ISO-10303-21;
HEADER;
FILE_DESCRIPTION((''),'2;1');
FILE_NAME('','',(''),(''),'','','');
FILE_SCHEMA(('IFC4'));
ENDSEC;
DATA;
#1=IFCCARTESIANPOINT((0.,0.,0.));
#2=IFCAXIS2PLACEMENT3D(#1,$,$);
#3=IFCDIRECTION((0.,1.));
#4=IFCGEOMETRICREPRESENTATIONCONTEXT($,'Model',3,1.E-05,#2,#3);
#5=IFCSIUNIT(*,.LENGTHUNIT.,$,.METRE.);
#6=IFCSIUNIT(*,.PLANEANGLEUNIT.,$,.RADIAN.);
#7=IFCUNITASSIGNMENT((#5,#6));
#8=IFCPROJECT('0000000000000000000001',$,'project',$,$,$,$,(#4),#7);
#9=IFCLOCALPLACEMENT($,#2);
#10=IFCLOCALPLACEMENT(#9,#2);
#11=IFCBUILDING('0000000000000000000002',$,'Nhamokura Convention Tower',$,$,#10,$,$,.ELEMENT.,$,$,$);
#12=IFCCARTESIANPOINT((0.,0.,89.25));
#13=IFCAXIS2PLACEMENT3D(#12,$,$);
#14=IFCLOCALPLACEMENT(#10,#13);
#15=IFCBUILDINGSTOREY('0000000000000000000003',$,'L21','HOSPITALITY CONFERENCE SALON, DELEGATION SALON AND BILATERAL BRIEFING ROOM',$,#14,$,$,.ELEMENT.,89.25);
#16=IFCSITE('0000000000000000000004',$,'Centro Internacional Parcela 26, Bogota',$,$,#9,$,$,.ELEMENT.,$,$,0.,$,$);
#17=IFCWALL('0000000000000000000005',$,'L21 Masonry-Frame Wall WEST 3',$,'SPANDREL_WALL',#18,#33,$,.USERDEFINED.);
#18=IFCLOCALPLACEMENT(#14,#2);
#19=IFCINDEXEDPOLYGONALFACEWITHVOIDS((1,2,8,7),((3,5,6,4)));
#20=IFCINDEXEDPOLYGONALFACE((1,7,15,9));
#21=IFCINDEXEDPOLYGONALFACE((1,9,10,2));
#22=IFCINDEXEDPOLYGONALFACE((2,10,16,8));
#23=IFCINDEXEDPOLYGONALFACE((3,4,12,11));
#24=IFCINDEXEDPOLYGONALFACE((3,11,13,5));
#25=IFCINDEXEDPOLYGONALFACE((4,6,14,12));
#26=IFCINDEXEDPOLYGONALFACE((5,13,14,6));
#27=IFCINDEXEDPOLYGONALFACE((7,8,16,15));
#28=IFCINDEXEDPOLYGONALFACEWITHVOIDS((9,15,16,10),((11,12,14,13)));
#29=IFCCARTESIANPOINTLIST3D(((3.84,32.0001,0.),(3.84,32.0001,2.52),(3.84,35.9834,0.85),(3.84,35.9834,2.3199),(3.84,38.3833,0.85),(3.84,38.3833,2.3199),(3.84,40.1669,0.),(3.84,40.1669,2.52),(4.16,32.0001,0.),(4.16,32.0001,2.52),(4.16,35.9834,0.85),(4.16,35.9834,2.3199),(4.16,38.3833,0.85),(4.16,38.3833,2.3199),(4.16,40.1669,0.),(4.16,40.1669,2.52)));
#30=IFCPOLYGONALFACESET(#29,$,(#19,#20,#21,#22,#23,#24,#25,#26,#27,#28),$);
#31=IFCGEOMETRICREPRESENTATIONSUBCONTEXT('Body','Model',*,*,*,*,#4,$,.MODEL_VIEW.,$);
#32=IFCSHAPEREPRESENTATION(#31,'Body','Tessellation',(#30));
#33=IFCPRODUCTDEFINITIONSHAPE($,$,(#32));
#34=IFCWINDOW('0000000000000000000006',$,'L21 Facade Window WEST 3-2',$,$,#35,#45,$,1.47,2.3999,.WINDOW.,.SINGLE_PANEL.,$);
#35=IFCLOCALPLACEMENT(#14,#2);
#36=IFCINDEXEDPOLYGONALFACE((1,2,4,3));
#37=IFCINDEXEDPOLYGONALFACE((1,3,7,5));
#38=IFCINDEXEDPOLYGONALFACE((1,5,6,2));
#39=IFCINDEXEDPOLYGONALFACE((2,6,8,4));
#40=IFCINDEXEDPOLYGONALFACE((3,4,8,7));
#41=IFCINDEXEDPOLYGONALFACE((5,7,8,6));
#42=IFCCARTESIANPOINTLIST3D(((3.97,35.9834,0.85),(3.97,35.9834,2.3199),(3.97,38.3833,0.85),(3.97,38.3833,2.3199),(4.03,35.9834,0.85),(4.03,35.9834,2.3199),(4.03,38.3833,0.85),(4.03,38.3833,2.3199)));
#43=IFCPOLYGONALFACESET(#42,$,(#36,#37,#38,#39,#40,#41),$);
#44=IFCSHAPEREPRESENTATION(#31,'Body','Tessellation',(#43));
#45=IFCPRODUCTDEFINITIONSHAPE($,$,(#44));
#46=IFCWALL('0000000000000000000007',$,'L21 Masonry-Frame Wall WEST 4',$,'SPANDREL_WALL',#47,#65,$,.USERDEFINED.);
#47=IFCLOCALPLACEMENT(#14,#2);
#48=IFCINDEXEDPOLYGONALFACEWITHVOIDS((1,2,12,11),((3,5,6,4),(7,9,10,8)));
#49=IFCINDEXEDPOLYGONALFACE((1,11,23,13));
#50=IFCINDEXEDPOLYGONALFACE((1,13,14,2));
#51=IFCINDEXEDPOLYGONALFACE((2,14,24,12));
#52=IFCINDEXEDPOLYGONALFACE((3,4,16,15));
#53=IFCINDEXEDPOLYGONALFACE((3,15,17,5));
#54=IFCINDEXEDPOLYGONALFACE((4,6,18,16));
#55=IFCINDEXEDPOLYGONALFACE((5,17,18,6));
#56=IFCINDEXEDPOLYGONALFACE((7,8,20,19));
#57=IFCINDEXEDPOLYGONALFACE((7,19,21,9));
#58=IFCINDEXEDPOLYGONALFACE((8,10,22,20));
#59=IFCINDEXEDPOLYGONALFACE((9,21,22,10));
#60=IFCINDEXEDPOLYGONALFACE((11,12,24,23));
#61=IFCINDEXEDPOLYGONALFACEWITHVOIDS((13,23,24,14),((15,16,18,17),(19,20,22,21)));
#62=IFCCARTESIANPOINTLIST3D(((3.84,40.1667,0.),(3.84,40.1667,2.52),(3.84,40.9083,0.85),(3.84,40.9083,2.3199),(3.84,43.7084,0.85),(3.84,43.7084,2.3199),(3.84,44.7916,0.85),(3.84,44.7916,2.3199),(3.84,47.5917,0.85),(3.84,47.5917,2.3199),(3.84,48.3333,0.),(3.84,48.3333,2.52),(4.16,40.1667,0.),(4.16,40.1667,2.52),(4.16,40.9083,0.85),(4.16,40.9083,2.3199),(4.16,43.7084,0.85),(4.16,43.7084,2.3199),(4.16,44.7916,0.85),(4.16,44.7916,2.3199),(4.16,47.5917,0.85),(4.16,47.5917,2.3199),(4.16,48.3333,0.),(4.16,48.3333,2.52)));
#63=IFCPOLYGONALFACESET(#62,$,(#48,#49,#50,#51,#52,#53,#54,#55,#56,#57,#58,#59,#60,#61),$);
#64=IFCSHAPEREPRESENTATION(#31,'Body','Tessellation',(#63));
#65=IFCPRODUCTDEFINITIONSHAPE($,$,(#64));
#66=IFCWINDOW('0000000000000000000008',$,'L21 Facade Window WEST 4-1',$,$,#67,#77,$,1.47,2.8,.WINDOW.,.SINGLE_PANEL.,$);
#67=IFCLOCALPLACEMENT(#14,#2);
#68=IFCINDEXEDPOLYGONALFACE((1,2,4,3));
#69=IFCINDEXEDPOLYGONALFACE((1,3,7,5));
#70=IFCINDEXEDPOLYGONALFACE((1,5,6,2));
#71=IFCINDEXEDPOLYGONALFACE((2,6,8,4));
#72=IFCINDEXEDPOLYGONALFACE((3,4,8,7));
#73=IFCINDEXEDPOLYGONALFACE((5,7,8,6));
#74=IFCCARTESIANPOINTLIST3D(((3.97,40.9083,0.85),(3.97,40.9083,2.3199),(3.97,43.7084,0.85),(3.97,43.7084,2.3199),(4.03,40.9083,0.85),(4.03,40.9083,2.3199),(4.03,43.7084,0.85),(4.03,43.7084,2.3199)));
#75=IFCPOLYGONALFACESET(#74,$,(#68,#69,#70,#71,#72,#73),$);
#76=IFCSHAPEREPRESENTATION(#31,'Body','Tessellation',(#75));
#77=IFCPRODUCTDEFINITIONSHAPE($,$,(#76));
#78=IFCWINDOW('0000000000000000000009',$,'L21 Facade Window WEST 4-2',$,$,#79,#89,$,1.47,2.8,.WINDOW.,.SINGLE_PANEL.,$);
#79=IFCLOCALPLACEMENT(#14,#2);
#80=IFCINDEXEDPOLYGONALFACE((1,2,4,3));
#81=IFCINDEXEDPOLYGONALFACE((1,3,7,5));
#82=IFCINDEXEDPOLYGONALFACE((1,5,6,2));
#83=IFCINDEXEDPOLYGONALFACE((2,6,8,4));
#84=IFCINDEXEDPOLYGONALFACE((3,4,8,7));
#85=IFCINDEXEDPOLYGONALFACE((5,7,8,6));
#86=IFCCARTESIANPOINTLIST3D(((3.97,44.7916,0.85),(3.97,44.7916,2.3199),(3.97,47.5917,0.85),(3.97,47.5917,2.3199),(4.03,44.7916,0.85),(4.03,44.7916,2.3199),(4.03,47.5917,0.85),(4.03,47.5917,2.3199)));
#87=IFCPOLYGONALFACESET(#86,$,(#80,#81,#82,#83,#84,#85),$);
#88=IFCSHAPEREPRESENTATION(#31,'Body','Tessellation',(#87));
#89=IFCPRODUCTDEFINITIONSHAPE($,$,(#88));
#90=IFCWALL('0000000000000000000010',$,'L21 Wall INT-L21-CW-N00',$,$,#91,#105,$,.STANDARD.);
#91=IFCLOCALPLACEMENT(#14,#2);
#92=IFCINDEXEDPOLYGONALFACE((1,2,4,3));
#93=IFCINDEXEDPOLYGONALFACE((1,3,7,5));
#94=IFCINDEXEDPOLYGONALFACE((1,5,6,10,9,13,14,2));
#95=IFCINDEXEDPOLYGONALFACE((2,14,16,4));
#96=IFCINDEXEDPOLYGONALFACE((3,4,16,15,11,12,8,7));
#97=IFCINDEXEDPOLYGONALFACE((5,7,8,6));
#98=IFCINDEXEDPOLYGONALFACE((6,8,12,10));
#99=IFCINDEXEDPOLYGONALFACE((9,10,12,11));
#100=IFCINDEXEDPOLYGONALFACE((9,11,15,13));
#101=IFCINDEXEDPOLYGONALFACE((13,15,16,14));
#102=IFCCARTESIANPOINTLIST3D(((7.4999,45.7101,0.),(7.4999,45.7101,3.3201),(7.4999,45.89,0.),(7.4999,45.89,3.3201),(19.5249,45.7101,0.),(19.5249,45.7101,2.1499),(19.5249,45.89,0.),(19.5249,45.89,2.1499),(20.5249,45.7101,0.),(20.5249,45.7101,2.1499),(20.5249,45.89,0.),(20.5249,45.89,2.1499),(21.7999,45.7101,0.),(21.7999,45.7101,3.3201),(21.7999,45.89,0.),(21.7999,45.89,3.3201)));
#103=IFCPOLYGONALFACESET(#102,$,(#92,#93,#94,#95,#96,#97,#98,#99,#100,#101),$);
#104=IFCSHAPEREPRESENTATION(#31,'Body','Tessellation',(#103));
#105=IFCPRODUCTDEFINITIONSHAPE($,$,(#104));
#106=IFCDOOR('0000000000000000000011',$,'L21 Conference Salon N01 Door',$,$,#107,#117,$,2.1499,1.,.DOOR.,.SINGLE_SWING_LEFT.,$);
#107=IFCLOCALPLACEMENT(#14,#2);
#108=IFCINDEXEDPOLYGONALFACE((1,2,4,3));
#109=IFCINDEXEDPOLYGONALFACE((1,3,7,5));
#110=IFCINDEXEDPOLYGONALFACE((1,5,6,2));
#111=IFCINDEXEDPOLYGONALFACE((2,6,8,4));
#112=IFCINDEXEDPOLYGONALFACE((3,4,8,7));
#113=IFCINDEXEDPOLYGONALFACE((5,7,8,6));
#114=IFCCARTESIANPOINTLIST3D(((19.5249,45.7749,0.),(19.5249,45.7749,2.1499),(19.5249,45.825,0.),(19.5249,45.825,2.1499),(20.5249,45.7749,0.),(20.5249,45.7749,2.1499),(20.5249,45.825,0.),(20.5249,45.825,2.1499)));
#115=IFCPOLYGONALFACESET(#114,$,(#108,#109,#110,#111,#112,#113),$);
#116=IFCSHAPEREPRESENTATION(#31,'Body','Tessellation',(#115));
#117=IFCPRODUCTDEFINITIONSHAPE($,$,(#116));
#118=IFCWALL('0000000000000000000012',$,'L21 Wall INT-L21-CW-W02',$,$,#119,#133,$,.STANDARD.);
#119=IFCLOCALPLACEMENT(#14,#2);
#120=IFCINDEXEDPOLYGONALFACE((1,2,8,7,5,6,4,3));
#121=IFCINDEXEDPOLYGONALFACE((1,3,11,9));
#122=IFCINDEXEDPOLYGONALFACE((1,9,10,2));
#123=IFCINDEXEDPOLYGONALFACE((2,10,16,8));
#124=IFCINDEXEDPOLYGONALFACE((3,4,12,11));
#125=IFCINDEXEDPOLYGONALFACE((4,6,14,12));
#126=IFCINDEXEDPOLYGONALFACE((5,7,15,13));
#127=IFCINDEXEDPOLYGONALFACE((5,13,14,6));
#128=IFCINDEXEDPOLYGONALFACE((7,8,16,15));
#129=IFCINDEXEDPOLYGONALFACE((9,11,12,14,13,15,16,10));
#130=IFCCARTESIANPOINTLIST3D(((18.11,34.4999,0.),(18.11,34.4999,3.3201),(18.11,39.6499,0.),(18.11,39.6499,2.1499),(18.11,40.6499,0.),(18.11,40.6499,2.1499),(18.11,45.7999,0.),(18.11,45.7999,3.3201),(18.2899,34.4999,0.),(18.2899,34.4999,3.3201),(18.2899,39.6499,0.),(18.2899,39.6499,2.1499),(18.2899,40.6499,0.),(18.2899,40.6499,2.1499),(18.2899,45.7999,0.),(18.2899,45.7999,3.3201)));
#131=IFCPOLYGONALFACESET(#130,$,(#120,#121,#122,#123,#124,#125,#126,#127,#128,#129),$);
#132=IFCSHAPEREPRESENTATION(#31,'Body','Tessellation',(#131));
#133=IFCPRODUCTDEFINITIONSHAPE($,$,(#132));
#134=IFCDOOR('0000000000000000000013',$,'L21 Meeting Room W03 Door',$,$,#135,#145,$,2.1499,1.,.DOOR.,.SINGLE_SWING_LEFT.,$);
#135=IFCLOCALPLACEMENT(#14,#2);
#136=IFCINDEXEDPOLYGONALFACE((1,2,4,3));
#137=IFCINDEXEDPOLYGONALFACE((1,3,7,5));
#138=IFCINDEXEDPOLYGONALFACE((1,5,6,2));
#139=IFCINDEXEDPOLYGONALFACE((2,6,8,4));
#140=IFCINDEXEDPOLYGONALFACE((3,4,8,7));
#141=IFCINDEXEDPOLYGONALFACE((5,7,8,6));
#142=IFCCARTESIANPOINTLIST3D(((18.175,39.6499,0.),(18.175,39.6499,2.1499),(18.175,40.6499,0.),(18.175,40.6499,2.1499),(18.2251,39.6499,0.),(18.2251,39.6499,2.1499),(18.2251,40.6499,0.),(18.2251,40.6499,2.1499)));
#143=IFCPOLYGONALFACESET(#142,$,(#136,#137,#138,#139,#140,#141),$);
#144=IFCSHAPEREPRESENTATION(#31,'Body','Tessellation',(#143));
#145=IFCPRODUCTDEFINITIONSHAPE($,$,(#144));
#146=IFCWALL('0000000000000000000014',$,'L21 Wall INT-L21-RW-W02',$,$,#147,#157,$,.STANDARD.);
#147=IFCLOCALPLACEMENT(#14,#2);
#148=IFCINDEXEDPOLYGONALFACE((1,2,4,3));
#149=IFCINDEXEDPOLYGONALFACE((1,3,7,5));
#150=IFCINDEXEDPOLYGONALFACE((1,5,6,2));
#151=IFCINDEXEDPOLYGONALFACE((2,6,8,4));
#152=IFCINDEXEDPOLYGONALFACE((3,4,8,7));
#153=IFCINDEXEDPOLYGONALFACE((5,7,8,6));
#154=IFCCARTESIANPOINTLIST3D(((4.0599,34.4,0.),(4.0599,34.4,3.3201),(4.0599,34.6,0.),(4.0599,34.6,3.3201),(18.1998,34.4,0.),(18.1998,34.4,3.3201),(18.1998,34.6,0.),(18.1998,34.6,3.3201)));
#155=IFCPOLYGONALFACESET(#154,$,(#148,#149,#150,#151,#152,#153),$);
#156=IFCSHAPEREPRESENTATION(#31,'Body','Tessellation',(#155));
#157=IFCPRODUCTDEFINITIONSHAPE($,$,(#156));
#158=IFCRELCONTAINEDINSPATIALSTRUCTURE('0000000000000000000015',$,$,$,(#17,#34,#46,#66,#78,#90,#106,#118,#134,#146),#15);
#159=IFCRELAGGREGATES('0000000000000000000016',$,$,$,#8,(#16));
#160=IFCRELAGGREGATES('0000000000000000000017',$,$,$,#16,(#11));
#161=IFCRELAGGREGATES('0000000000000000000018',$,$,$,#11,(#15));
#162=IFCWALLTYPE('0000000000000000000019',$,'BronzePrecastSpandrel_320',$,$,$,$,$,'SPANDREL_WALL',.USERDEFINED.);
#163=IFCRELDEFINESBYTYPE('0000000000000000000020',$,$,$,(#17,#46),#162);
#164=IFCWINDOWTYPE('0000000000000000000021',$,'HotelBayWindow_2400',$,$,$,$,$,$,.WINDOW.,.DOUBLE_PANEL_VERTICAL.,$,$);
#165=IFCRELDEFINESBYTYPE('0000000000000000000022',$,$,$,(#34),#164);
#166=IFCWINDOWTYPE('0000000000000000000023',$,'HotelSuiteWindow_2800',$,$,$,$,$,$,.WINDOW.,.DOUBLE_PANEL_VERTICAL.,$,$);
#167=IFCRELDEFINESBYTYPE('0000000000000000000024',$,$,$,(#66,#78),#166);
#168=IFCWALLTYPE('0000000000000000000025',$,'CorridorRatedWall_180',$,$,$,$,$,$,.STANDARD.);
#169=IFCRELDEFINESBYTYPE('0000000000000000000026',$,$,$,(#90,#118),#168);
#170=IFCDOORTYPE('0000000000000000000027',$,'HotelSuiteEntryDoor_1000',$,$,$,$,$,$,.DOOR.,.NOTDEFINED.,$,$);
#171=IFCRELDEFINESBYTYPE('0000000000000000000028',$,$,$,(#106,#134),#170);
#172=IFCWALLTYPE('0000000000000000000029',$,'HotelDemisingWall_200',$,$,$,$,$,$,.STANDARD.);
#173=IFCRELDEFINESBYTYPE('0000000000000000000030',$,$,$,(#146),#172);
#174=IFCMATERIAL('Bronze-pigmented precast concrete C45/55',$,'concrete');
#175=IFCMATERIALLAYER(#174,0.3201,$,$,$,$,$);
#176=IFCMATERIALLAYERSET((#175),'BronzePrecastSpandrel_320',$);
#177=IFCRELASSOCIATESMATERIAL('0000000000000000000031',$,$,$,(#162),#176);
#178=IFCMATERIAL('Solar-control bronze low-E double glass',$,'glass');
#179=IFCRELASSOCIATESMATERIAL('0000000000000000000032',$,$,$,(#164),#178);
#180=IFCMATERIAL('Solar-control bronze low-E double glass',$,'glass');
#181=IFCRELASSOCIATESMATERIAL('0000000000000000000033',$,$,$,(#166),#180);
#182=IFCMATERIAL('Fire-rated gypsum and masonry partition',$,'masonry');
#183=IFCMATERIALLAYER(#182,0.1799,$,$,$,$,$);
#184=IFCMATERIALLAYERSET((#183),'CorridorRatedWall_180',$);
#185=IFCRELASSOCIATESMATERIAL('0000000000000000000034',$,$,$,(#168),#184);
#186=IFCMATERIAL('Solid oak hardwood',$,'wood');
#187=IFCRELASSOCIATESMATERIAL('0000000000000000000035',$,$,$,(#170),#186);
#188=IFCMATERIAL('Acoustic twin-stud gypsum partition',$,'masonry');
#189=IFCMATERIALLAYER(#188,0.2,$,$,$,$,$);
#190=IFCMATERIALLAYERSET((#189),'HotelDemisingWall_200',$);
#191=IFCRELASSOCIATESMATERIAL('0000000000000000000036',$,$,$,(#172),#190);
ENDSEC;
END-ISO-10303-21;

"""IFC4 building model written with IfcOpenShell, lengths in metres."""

from ifc_helpers import new_model, si_unit, direction, frame, frame_2d, origin, place, context, subcontext, project, spatial, rectangle, extrude, material, layer, layer_set, type_object, element, fill, save


model = new_model("IFC4")

# Units and contexts
model_context = context("Model", 3, precision=1e-05, world=origin(), true_north=direction((0.0, 1.0)))
body_context = subcontext(model_context, "Body", "Model", "MODEL_VIEW")
ifc_project = project(units=[si_unit("LENGTHUNIT", "METRE"), si_unit("PLANEANGLEUNIT", "RADIAN")], contexts=[model_context])

# Site, building, storey
site_placement = place(None, origin())
site = spatial("IfcSite", under=ifc_project, at=site_placement, Name="Centro Internacional Parcela 26, Bogota", CompositionType="ELEMENT", RefElevation=0.0)
building_placement = place(site_placement, origin())
building = spatial("IfcBuilding", under=site, at=building_placement, Name="Nhamokura Convention Tower", CompositionType="ELEMENT")
storey_placement = place(building_placement, frame((0.0, 0.0, 89.25)))
storey = spatial("IfcBuildingStorey", under=building, at=storey_placement, Name="L21", Description="HOSPITALITY CONFERENCE SALON, DELEGATION SALON AND BILATERAL BRIEFING ROOM", CompositionType="ELEMENT", Elevation=89.25)

# Wall, opening, window
ifc_material_1 = material(Name="Bronze-pigmented precast concrete C45/55", Category="concrete")
ifc_layer_1 = layer(ifc_material_1, 0.3201)
ifc_layer_set_1 = layer_set([ifc_layer_1], Name="BronzePrecastSpandrel_320")
wall_type_1 = type_object("IfcWallType", Name="BronzePrecastSpandrel_320", ElementType="SPANDREL_WALL", PredefinedType="USERDEFINED", material=ifc_layer_set_1)
wall_1_placement = place(storey_placement, frame((4.0, 32.0, 0.0), z_axis=(0.0, 0.0, 1.0), x_axis=(0.0, 1.0, 0.0)))
wall_1 = element("IfcWall", 1, at=wall_1_placement, inside=storey, type_object=wall_type_1, Name="L21 Masonry-Frame Wall WEST 3", ObjectType="SPANDREL_WALL", PredefinedType="USERDEFINED", context=body_context, shape_type="SweptSolid", body=[
    extrude(rectangle(XDim=8.1667, YDim=0.3201, at=frame_2d((4.0835, 0.0))), origin(), (0.0, 0.0, 1.0), 2.52),
])
opening_1_placement = place(wall_1_placement, frame((3.9834, 0.0, 0.8501)))
opening_1 = element("IfcOpeningElement", 2, at=opening_1_placement, cuts=wall_1, PredefinedType="OPENING", context=body_context, shape_type="SweptSolid", body=[
    extrude(rectangle(XDim=2.3999, YDim=1.47, at=frame_2d((1.2, 0.7349))), frame((0.0, 0.1699, 0.0), z_axis=(0.0, -1.0, 0.0), x_axis=(1.0, 0.0, 0.0)), (0.0, 0.0, 1.0), 0.3401),
])
ifc_material_2 = material(Name="Solar-control bronze low-E double glass", Category="glass")
window_type_1 = type_object("IfcWindowType", Name="HotelBayWindow_2400", PartitioningType="DOUBLE_PANEL_VERTICAL", PredefinedType="WINDOW", material=ifc_material_2)
window_1_placement = place(opening_1_placement, origin())
window_1 = element("IfcWindow", 3, at=window_1_placement, inside=storey, type_object=window_type_1, Name="L21 Facade Window WEST 3-2", OverallHeight=1.47, OverallWidth=2.3999, PartitioningType="SINGLE_PANEL", PredefinedType="WINDOW", context=body_context, shape_type="SweptSolid", body=[
    extrude(rectangle(XDim=2.3999, YDim=1.47, at=frame_2d((1.2, 0.7349))), frame((0.0, 0.03, 0.0), z_axis=(0.0, -1.0, 0.0), x_axis=(1.0, 0.0, 0.0)), (0.0, 0.0, 1.0), 0.0601),
])
fill(opening_1, window_1)

# Wall, openings, windows
wall_2_placement = place(storey_placement, frame((4.0, 40.1667, 0.0), z_axis=(0.0, 0.0, 1.0), x_axis=(0.0, 1.0, 0.0)))
wall_2 = element("IfcWall", 4, at=wall_2_placement, inside=storey, type_object=wall_type_1, Name="L21 Masonry-Frame Wall WEST 4", ObjectType="SPANDREL_WALL", PredefinedType="USERDEFINED", context=body_context, shape_type="SweptSolid", body=[
    extrude(rectangle(XDim=8.1665, YDim=0.3201, at=frame_2d((4.0833, 0.0))), origin(), (0.0, 0.0, 1.0), 2.52),
])
opening_2_placement = place(wall_2_placement, frame((0.7417, 0.0, 0.8501)))
opening_2 = element("IfcOpeningElement", 5, at=opening_2_placement, cuts=wall_2, PredefinedType="OPENING", context=body_context, shape_type="SweptSolid", body=[
    extrude(rectangle(XDim=2.8, YDim=1.47, at=frame_2d((1.3999, 0.7349))), frame((0.0, 0.1699, 0.0), z_axis=(0.0, -1.0, 0.0), x_axis=(1.0, 0.0, 0.0)), (0.0, 0.0, 1.0), 0.3401),
])
opening_3_placement = place(wall_2_placement, frame((4.625, 0.0, 0.8501)))
opening_3 = element("IfcOpeningElement", 6, at=opening_3_placement, cuts=wall_2, PredefinedType="OPENING", context=body_context, shape_type="SweptSolid", body=[
    extrude(rectangle(XDim=2.8, YDim=1.47, at=frame_2d((1.3999, 0.7349))), frame((0.0, 0.1699, 0.0), z_axis=(0.0, -1.0, 0.0), x_axis=(1.0, 0.0, 0.0)), (0.0, 0.0, 1.0), 0.3401),
])
ifc_material_3 = material(Name="Solar-control bronze low-E double glass", Category="glass")
window_type_2 = type_object("IfcWindowType", Name="HotelSuiteWindow_2800", PartitioningType="DOUBLE_PANEL_VERTICAL", PredefinedType="WINDOW", material=ifc_material_3)
window_2_placement = place(opening_2_placement, origin())
window_2 = element("IfcWindow", 7, at=window_2_placement, inside=storey, type_object=window_type_2, Name="L21 Facade Window WEST 4-1", OverallHeight=1.47, OverallWidth=2.8, PartitioningType="SINGLE_PANEL", PredefinedType="WINDOW", context=body_context, shape_type="SweptSolid", body=[
    extrude(rectangle(XDim=2.8, YDim=1.47, at=frame_2d((1.3999, 0.7349))), frame((0.0, 0.03, 0.0), z_axis=(0.0, -1.0, 0.0), x_axis=(1.0, 0.0, 0.0)), (0.0, 0.0, 1.0), 0.0601),
])
fill(opening_2, window_2)
window_3_placement = place(opening_3_placement, origin())
window_3 = element("IfcWindow", 8, at=window_3_placement, inside=storey, type_object=window_type_2, Name="L21 Facade Window WEST 4-2", OverallHeight=1.47, OverallWidth=2.8, PartitioningType="SINGLE_PANEL", PredefinedType="WINDOW", context=body_context, shape_type="SweptSolid", body=[
    extrude(rectangle(XDim=2.8, YDim=1.47, at=frame_2d((1.3999, 0.7349))), frame((0.0, 0.03, 0.0), z_axis=(0.0, -1.0, 0.0), x_axis=(1.0, 0.0, 0.0)), (0.0, 0.0, 1.0), 0.0601),
])
fill(opening_3, window_3)

# Walls, openings, doors
ifc_material_4 = material(Name="Fire-rated gypsum and masonry partition", Category="masonry")
ifc_layer_2 = layer(ifc_material_4, 0.1799)
ifc_layer_set_2 = layer_set([ifc_layer_2], Name="CorridorRatedWall_180")
wall_type_2 = type_object("IfcWallType", Name="CorridorRatedWall_180", PredefinedType="STANDARD", material=ifc_layer_set_2)
wall_3_placement = place(storey_placement, frame((7.5, 45.8, 0.0), z_axis=(0.0, 0.0, 1.0), x_axis=(1.0, 0.0, 0.0)))
wall_3 = element("IfcWall", 9, at=wall_3_placement, inside=storey, type_object=wall_type_2, Name="L21 Wall INT-L21-CW-N00", PredefinedType="STANDARD", context=body_context, shape_type="SweptSolid", body=[
    extrude(rectangle(XDim=14.3, YDim=0.1799, at=frame_2d((7.1499, 0.0))), origin(), (0.0, 0.0, 1.0), 3.3201),
])
opening_4_placement = place(wall_3_placement, frame((12.0249, 0.0, 0.0)))
opening_4 = element("IfcOpeningElement", 10, at=opening_4_placement, cuts=wall_3, PredefinedType="OPENING", context=body_context, shape_type="SweptSolid", body=[
    extrude(rectangle(XDim=1.0, YDim=2.1499, at=frame_2d((0.5, 1.075))), frame((0.0, 0.0999, 0.0), z_axis=(0.0, -1.0, 0.0), x_axis=(1.0, 0.0, 0.0)), (0.0, 0.0, 1.0), 0.2),
])
ifc_material_5 = material(Name="Solid oak hardwood", Category="wood")
door_type = type_object("IfcDoorType", Name="HotelSuiteEntryDoor_1000", OperationType="NOTDEFINED", PredefinedType="DOOR", material=ifc_material_5)
door_1_placement = place(opening_4_placement, origin())
door_1 = element("IfcDoor", 11, at=door_1_placement, inside=storey, type_object=door_type, Name="L21 Conference Salon N01 Door", OperationType="SINGLE_SWING_LEFT", OverallHeight=2.1499, OverallWidth=1.0, PredefinedType="DOOR", context=body_context, shape_type="SweptSolid", body=[
    extrude(rectangle(XDim=1.0, YDim=2.1499, at=frame_2d((0.5, 1.075))), frame((0.0, 0.0249, 0.0), z_axis=(0.0, -1.0, 0.0), x_axis=(1.0, 0.0, 0.0)), (0.0, 0.0, 1.0), 0.05),
])
fill(opening_4, door_1)
wall_4_placement = place(storey_placement, frame((18.2, 34.5, 0.0), z_axis=(0.0, 0.0, 1.0), x_axis=(0.0, 1.0, 0.0)))
wall_4 = element("IfcWall", 12, at=wall_4_placement, inside=storey, type_object=wall_type_2, Name="L21 Wall INT-L21-CW-W02", PredefinedType="STANDARD", context=body_context, shape_type="SweptSolid", body=[
    extrude(rectangle(XDim=11.3, YDim=0.1799, at=frame_2d((5.6499, 0.0))), origin(), (0.0, 0.0, 1.0), 3.3201),
])
opening_5_placement = place(wall_4_placement, frame((5.1499, 0.0, 0.0)))
opening_5 = element("IfcOpeningElement", 13, at=opening_5_placement, cuts=wall_4, PredefinedType="OPENING", context=body_context, shape_type="SweptSolid", body=[
    extrude(rectangle(XDim=1.0, YDim=2.1499, at=frame_2d((0.5, 1.075))), frame((0.0, 0.0999, 0.0), z_axis=(0.0, -1.0, 0.0), x_axis=(1.0, 0.0, 0.0)), (0.0, 0.0, 1.0), 0.2),
])
door_2_placement = place(opening_5_placement, origin())
door_2 = element("IfcDoor", 14, at=door_2_placement, inside=storey, type_object=door_type, Name="L21 Meeting Room W03 Door", OperationType="SINGLE_SWING_LEFT", OverallHeight=2.1499, OverallWidth=1.0, PredefinedType="DOOR", context=body_context, shape_type="SweptSolid", body=[
    extrude(rectangle(XDim=1.0, YDim=2.1499, at=frame_2d((0.5, 1.075))), frame((0.0, 0.0249, 0.0), z_axis=(0.0, -1.0, 0.0), x_axis=(1.0, 0.0, 0.0)), (0.0, 0.0, 1.0), 0.05),
])
fill(opening_5, door_2)

# Wall
ifc_material_6 = material(Name="Acoustic twin-stud gypsum partition", Category="masonry")
ifc_layer_3 = layer(ifc_material_6, 0.2)
ifc_layer_set_3 = layer_set([ifc_layer_3], Name="HotelDemisingWall_200")
wall_type_3 = type_object("IfcWallType", Name="HotelDemisingWall_200", PredefinedType="STANDARD", material=ifc_layer_set_3)
wall_5_placement = place(storey_placement, frame((4.0601, 34.5, 0.0), z_axis=(0.0, 0.0, 1.0), x_axis=(1.0, 0.0, 0.0)))
element("IfcWall", 15, at=wall_5_placement, inside=storey, type_object=wall_type_3, Name="L21 Wall INT-L21-RW-W02", PredefinedType="STANDARD", context=body_context, shape_type="SweptSolid", body=[
    extrude(rectangle(XDim=14.1399, YDim=0.2, at=frame_2d((7.0698, 0.0))), origin(), (0.0, 0.0, 1.0), 3.3201),
])

save(model, "model.ifc")
